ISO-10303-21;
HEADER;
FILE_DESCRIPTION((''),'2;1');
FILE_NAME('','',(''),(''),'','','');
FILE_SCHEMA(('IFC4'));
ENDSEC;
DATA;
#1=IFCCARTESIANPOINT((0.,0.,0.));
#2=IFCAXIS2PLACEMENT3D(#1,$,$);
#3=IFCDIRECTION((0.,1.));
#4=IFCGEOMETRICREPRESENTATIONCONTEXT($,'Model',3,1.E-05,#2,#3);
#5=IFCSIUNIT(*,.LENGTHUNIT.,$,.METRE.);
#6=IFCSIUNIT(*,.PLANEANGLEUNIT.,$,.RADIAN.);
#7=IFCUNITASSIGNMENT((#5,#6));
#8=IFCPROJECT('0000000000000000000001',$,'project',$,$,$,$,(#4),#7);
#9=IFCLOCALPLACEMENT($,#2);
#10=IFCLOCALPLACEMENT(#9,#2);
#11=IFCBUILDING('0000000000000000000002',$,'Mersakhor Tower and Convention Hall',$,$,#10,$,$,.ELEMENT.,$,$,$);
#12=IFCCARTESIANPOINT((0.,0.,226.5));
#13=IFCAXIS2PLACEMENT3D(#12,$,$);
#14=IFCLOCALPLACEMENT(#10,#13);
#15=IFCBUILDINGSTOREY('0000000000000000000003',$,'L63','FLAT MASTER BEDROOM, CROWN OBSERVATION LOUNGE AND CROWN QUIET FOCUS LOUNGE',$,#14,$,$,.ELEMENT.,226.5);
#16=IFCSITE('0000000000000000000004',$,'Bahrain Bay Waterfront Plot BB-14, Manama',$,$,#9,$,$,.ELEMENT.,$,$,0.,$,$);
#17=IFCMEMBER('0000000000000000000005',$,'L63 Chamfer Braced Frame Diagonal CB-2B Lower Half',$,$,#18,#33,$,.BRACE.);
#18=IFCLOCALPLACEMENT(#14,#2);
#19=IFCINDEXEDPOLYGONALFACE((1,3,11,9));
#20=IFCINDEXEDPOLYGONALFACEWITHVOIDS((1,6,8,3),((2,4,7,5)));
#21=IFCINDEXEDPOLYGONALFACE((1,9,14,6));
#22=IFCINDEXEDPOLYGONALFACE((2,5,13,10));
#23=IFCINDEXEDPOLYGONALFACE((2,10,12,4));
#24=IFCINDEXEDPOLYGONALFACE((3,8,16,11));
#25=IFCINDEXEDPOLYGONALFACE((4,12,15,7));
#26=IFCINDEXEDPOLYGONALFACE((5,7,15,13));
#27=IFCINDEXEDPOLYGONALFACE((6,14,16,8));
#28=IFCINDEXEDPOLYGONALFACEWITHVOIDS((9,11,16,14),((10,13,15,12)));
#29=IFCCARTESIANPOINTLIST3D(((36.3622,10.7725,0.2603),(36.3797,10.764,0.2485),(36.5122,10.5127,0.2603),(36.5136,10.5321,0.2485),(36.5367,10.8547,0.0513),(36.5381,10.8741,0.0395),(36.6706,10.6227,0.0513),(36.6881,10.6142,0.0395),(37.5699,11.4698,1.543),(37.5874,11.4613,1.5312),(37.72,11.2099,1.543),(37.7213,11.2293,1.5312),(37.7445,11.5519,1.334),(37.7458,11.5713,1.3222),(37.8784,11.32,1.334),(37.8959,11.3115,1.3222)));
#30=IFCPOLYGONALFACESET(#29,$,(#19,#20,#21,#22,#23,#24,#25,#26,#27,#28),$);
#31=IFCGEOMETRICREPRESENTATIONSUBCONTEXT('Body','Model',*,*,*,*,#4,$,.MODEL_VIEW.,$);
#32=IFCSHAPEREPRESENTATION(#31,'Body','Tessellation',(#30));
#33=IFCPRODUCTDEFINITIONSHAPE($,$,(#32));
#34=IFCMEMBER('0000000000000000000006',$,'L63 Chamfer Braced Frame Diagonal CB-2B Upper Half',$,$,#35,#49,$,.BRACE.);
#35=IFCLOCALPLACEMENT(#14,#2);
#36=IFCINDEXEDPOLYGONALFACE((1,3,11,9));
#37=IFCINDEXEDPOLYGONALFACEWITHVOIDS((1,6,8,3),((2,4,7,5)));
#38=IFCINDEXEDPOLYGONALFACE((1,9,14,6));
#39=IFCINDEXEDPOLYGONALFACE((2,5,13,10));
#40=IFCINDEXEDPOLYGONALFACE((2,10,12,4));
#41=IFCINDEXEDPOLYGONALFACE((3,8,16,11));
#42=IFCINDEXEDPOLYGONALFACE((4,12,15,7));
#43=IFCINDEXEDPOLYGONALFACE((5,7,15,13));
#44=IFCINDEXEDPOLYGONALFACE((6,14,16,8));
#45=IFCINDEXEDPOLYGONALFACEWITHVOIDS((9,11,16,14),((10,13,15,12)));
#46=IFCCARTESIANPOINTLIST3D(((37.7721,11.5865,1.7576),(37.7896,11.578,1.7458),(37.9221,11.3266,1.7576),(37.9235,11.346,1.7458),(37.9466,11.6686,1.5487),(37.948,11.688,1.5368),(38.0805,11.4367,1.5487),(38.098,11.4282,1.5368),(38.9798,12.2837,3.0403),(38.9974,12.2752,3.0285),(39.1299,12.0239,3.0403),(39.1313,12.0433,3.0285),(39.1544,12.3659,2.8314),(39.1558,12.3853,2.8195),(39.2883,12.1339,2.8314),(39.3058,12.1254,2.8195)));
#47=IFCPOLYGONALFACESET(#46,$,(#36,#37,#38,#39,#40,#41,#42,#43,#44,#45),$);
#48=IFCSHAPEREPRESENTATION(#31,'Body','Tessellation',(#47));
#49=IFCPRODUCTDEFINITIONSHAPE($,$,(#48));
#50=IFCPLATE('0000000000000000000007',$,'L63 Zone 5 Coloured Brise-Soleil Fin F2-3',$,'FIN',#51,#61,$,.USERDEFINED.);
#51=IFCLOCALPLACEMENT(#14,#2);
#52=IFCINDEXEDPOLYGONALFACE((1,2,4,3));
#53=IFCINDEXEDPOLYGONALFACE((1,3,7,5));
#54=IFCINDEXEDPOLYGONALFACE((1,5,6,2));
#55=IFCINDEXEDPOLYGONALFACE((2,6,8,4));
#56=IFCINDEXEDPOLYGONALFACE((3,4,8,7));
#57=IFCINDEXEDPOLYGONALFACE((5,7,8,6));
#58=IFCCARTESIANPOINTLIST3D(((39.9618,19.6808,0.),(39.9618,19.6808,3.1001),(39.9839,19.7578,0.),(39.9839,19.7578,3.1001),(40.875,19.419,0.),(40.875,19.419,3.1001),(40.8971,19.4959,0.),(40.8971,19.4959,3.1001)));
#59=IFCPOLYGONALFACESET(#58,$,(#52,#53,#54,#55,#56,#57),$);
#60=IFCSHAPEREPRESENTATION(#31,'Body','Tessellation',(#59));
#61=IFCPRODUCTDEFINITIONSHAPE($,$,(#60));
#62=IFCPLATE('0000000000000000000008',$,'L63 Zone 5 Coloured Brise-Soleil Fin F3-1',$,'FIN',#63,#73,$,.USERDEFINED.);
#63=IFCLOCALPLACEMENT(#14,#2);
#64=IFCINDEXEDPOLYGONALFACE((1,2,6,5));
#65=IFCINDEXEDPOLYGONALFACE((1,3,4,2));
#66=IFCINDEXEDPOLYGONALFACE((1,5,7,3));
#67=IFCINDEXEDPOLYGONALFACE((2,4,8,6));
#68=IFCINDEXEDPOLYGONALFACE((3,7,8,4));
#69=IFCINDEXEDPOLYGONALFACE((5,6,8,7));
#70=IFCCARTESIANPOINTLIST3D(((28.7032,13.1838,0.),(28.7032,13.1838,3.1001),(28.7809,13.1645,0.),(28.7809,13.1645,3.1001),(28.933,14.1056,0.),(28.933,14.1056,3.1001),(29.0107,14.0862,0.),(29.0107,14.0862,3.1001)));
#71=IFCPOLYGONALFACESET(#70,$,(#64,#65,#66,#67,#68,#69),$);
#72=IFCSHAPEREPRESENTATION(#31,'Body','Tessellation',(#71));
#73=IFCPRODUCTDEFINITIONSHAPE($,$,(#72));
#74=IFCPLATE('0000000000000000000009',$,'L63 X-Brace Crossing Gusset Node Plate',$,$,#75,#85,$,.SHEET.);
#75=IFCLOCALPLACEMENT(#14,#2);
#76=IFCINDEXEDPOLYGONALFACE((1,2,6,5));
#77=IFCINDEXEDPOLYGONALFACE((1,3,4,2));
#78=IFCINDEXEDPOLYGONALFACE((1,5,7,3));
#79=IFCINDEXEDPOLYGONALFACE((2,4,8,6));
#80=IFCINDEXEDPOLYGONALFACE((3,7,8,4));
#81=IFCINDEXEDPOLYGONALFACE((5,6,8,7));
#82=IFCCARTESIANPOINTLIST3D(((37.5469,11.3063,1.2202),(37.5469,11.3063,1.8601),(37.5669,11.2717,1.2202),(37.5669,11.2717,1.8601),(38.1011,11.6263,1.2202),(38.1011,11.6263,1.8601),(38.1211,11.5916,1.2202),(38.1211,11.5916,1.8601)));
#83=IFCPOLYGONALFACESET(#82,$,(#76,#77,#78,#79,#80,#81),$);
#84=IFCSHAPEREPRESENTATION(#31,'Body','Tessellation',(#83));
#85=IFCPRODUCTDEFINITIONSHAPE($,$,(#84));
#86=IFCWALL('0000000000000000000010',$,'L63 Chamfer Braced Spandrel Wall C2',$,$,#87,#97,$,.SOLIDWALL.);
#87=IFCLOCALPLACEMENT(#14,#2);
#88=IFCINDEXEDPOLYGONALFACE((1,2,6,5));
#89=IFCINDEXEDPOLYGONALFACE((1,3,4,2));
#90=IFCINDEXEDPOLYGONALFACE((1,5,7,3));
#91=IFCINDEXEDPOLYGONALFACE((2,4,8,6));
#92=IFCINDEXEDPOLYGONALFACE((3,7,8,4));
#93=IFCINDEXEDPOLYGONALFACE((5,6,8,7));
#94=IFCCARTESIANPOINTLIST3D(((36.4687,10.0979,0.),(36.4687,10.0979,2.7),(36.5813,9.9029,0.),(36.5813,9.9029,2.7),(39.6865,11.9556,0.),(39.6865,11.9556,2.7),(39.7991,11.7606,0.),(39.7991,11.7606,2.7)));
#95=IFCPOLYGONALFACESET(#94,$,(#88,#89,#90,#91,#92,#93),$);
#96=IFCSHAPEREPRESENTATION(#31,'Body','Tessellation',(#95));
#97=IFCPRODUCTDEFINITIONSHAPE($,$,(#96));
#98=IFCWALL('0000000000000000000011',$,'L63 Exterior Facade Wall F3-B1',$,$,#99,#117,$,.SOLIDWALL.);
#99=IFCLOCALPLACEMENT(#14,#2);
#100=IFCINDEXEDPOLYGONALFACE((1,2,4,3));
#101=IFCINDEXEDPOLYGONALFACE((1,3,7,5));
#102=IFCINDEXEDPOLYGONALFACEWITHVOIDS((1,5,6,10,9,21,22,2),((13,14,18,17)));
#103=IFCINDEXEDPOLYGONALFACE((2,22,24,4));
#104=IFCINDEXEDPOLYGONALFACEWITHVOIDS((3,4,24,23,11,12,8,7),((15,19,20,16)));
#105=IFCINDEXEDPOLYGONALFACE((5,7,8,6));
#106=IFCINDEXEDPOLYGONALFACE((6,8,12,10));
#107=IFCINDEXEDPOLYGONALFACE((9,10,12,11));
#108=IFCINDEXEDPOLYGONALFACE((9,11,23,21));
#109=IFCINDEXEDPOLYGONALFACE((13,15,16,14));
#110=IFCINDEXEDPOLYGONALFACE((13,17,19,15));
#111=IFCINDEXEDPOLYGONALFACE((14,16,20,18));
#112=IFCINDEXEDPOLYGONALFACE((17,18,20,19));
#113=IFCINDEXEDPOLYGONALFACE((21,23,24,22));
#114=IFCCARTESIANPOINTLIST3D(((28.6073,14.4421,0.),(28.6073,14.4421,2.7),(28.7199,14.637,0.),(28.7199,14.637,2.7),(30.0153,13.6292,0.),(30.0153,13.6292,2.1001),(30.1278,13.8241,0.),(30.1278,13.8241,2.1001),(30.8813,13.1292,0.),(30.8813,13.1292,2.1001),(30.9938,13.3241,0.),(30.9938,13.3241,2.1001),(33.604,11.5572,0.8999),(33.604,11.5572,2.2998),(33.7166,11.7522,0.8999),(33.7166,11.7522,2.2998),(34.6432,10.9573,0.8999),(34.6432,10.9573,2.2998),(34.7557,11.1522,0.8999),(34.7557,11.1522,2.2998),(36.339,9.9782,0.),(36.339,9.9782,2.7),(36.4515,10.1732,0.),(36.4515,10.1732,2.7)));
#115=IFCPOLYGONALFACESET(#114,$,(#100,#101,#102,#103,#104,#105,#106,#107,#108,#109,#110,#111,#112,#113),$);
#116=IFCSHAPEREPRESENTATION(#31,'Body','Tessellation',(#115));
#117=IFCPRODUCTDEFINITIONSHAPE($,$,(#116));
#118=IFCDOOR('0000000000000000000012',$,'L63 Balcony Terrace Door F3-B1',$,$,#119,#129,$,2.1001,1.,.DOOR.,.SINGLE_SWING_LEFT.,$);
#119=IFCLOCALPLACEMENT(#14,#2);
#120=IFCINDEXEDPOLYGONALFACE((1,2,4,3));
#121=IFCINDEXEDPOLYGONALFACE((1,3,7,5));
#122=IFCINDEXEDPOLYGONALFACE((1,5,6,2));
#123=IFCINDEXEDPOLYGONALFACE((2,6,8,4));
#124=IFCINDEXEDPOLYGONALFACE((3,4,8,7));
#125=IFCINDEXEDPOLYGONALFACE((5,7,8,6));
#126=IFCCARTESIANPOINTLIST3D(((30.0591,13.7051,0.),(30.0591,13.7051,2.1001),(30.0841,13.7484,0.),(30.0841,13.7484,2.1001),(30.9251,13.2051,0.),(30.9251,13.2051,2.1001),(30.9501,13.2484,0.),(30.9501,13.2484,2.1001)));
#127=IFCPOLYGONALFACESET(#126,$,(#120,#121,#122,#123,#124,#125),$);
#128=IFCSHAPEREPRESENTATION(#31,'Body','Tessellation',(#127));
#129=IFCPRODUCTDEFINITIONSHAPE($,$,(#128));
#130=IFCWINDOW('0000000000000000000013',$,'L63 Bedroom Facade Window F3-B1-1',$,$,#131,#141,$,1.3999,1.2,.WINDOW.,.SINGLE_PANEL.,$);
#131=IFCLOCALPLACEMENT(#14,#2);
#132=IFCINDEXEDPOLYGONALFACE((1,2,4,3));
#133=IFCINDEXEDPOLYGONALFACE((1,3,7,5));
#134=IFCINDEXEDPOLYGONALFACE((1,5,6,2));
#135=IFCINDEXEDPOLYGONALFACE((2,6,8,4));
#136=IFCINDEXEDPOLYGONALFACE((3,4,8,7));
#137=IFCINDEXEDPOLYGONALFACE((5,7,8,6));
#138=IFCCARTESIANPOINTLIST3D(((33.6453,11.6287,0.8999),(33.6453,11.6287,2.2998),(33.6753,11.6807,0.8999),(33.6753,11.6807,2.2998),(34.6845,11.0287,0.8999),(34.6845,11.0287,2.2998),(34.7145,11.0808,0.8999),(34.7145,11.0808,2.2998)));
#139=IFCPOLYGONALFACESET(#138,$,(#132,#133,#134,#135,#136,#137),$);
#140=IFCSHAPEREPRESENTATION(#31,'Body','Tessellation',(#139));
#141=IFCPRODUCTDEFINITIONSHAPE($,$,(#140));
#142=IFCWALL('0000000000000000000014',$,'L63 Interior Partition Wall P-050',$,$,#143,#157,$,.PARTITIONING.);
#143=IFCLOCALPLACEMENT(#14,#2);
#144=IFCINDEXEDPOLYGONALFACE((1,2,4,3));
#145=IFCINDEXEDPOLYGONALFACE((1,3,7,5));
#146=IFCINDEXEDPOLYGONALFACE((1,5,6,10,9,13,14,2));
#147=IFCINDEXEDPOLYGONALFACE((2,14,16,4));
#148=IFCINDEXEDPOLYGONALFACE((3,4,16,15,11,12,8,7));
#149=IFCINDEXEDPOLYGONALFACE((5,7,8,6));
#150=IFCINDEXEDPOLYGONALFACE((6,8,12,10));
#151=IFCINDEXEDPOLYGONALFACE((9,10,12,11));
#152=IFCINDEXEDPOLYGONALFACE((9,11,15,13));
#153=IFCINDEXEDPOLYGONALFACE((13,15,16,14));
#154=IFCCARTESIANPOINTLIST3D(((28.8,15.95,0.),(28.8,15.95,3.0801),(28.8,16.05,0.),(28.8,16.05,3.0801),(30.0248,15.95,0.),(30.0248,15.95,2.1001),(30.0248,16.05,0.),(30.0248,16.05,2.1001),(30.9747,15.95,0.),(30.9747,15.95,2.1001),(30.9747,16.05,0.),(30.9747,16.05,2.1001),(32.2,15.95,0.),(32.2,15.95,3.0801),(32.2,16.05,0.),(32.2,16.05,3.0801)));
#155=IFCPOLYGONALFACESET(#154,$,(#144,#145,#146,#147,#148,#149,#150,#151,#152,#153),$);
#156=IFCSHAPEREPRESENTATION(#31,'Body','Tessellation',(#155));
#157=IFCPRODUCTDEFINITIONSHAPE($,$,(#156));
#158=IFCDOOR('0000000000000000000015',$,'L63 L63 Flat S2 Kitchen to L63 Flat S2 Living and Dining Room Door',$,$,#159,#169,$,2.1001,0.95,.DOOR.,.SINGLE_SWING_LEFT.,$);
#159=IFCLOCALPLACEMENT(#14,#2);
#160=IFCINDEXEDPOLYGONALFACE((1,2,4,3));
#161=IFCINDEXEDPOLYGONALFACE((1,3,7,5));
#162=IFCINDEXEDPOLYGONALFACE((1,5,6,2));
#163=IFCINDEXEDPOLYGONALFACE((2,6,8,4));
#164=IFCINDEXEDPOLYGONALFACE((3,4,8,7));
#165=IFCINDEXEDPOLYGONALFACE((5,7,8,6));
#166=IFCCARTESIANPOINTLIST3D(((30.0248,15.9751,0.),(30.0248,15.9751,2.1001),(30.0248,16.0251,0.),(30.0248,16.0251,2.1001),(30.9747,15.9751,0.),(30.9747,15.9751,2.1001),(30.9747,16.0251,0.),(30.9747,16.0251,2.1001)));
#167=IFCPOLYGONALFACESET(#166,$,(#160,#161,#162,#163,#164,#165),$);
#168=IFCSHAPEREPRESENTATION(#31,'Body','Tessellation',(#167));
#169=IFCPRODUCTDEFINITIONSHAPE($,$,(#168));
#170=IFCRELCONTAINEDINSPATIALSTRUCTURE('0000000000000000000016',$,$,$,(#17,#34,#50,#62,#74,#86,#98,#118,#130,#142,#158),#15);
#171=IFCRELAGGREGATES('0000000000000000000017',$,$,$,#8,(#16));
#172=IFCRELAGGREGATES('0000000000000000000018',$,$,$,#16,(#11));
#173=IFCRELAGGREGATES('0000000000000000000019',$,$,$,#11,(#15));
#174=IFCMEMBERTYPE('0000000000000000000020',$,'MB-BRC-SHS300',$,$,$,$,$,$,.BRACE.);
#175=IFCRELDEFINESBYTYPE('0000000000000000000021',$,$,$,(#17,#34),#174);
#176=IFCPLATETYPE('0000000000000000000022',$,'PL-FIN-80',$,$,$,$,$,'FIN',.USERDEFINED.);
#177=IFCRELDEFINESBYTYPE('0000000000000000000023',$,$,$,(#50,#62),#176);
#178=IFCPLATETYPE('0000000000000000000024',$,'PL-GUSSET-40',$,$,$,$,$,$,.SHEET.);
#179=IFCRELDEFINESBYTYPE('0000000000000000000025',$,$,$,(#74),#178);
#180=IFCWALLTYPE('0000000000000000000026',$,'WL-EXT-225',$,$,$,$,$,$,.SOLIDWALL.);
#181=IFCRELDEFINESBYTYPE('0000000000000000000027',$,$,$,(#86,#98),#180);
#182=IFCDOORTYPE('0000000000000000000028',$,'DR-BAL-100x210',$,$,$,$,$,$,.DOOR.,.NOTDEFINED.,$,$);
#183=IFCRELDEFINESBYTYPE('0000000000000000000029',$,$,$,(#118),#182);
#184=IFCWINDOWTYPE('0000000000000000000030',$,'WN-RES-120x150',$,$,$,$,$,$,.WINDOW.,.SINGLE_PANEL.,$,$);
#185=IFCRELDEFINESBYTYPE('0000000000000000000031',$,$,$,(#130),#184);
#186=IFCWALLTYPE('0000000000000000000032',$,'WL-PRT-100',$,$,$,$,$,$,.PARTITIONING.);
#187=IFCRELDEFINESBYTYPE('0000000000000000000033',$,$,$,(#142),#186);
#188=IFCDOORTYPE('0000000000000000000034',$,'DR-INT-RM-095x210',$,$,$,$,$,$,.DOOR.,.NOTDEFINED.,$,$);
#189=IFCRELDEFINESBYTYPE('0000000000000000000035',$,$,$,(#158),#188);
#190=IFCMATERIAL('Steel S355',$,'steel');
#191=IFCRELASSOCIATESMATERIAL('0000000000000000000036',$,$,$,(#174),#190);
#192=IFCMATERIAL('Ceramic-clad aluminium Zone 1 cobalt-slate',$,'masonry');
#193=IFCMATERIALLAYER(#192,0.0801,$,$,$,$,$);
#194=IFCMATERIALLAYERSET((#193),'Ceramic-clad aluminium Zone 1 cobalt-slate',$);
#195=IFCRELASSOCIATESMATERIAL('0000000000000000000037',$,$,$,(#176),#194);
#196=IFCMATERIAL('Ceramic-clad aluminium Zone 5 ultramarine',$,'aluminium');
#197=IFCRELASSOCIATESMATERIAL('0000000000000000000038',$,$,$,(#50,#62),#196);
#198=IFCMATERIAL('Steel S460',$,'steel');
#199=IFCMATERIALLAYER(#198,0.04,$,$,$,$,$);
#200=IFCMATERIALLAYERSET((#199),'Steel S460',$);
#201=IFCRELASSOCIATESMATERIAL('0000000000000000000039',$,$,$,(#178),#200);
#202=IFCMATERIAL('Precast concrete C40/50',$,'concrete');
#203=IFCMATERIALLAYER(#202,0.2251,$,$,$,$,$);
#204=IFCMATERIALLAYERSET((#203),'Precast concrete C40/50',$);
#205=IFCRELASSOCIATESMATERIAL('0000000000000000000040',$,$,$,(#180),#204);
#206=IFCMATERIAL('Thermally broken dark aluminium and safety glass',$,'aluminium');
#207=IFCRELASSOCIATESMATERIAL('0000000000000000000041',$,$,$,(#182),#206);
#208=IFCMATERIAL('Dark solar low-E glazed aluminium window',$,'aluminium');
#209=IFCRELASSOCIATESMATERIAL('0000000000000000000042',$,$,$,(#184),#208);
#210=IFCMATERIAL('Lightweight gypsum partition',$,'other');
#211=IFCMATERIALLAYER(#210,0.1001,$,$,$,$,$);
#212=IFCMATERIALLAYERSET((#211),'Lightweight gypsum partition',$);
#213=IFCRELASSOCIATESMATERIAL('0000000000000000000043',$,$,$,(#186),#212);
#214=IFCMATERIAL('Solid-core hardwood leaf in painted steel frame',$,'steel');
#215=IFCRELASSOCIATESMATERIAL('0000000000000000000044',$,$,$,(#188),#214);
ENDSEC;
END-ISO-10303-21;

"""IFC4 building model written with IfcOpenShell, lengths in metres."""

from ifc_helpers import new_model, si_unit, direction, frame, frame_2d, origin, origin_2d, place, context, subcontext, project, spatial, rectangle, hollow_rectangle, extrude, material, layer, layer_set, material_profile, profile_set, type_object, element, fill, save


model = new_model("IFC4")

# Units and contexts
model_context = context("Model", 3, precision=1e-05, world=origin(), true_north=direction((0.0, 1.0)))
body_context = subcontext(model_context, "Body", "Model", "MODEL_VIEW")
ifc_project = project(units=[si_unit("LENGTHUNIT", "METRE"), si_unit("PLANEANGLEUNIT", "RADIAN")], contexts=[model_context])

# Site, building, storey
site_placement = place(None, origin())
site = spatial("IfcSite", under=ifc_project, at=site_placement, Name="Bahrain Bay Waterfront Plot BB-14, Manama", CompositionType="ELEMENT", RefElevation=0.0)
building_placement = place(site_placement, origin())
building = spatial("IfcBuilding", under=site, at=building_placement, Name="Mersakhor Tower and Convention Hall", CompositionType="ELEMENT")
storey_placement = place(building_placement, frame((0.0, 0.0, 226.5)))
storey = spatial("IfcBuildingStorey", under=building, at=storey_placement, Name="L63", Description="FLAT MASTER BEDROOM, CROWN OBSERVATION LOUNGE AND CROWN QUIET FOCUS LOUNGE", CompositionType="ELEMENT", Elevation=226.5)

# Members
ifc_material_1 = material(Name="Steel S355", Category="steel")
ifc_material_profile_1 = material_profile(ifc_material_1, hollow_rectangle(XDim=0.3, YDim=0.3, WallThickness=0.0161, at=origin_2d()), Name="SHS 300x300x16")
ifc_profile_set_1 = profile_set([ifc_material_profile_1], Name="Steel S355")
member_type = type_object("IfcMemberType", Name="MB-BRC-SHS300", PredefinedType="BRACE", material=ifc_profile_set_1)
for number, where, z_axis, x_axis, name in (
    (1, (36.5251, 10.6934, 0.1499), (0.637413, 0.367991, 0.676969), (-0.49998, 0.866037, 0.0), "L63 Chamfer Braced Frame Diagonal CB-2B Lower Half"),
    (2, (37.9351, 11.5073, 1.6472), (0.637413, 0.367991, 0.676969), (-0.49998, 0.866037, 0.0), "L63 Chamfer Braced Frame Diagonal CB-2B Upper Half"),
):
    element("IfcMember", number, at=place(storey_placement, frame(where, z_axis=z_axis, x_axis=x_axis)), inside=storey, type_object=member_type, Name=name, PredefinedType="BRACE", context=body_context, shape_type="SweptSolid", body=[
        extrude(hollow_rectangle(XDim=0.3, YDim=0.3, WallThickness=0.0161, at=origin_2d()), origin(), (0.0, 0.0, 1.0), 1.8948),
    ])

# Plates
ifc_material_2 = material(Name="Ceramic-clad aluminium Zone 5 ultramarine", Category="aluminium")
ifc_material_3 = material(Name="Ceramic-clad aluminium Zone 1 cobalt-slate", Category="masonry")
ifc_layer_1 = layer(ifc_material_3, 0.0801)
ifc_layer_set_1 = layer_set([ifc_layer_1], Name="Ceramic-clad aluminium Zone 1 cobalt-slate")
plate_type_1 = type_object("IfcPlateType", Name="PL-FIN-80", ElementType="FIN", PredefinedType="USERDEFINED", material=ifc_layer_set_1)
for number, where, z_axis, x_axis, name in (
    (3, (40.4294, 19.5884, 0.0), (0.0, 0.0, 1.0), (0.961262, -0.275637, 0.0), "L63 Zone 5 Coloured Brise-Soleil Fin F2-3"),
    (4, (28.8569, 13.635, 0.0), (0.0, 0.0, 1.0), (-0.241922, -0.970296, 0.0), "L63 Zone 5 Coloured Brise-Soleil Fin F3-1"),
):
    element("IfcPlate", number, at=place(storey_placement, frame(where, z_axis=z_axis, x_axis=x_axis)), inside=storey, type_object=plate_type_1, material=ifc_material_2, Name=name, ObjectType="FIN", PredefinedType="USERDEFINED", context=body_context, shape_type="SweptSolid", body=[
        extrude(rectangle(XDim=0.95, YDim=0.0801, at=origin_2d()), origin(), (0.0, 0.0, 1.0), 3.1001),
    ])
ifc_material_4 = material(Name="Steel S460", Category="steel")
ifc_layer_2 = layer(ifc_material_4, 0.04)
ifc_layer_set_2 = layer_set([ifc_layer_2], Name="Steel S460")
plate_type_2 = type_object("IfcPlateType", Name="PL-GUSSET-40", PredefinedType="SHEET", material=ifc_layer_set_2)
plate_placement = place(storey_placement, frame((37.834, 11.449, 1.2202), z_axis=(0.0, 0.0, 1.0), x_axis=(0.866025, 0.5, 0.0)))
element("IfcPlate", 5, at=plate_placement, inside=storey, type_object=plate_type_2, Name="L63 X-Brace Crossing Gusset Node Plate", PredefinedType="SHEET", context=body_context, shape_type="SweptSolid", body=[
    extrude(rectangle(XDim=0.6399, YDim=0.04, at=origin_2d()), origin(), (0.0, 0.0, 1.0), 0.6399),
])

# Wall
ifc_material_5 = material(Name="Precast concrete C40/50", Category="concrete")
ifc_layer_3 = layer(ifc_material_5, 0.2251)
ifc_layer_set_3 = layer_set([ifc_layer_3], Name="Precast concrete C40/50")
wall_type_1 = type_object("IfcWallType", Name="WL-EXT-225", PredefinedType="SOLIDWALL", material=ifc_layer_set_3)
wall_1_placement = place(storey_placement, frame((39.7429, 11.8582, 0.0), z_axis=(0.0, 0.0, 1.0), x_axis=(-0.866039, -0.499977, 0.0)))
element("IfcWall", 6, at=wall_1_placement, inside=storey, type_object=wall_type_1, Name="L63 Chamfer Braced Spandrel Wall C2", PredefinedType="SOLIDWALL", context=body_context, shape_type="SweptSolid", body=[
    extrude(rectangle(XDim=3.7156, YDim=0.2251, at=frame_2d((1.8579, 0.0))), origin(), (0.0, 0.0, 1.0), 2.7),
])

# Wall, openings, door, window
wall_2_placement = place(storey_placement, frame((36.3953, 10.0757, 0.0), z_axis=(0.0, 0.0, 1.0), x_axis=(-0.866027, 0.499998, 0.0)))
wall_2 = element("IfcWall", 7, at=wall_2_placement, inside=storey, type_object=wall_type_1, Name="L63 Exterior Facade Wall F3-B1", PredefinedType="SOLIDWALL", context=body_context, shape_type="SweptSolid", body=[
    extrude(rectangle(XDim=8.9277, YDim=0.2251, at=frame_2d((4.4639, 0.0))), origin(), (0.0, 0.0, 1.0), 2.7),
])
opening_1_placement = place(wall_2_placement, frame((6.302, 0.0, 0.0)))
opening_1 = element("IfcOpeningElement", 8, at=opening_1_placement, cuts=wall_2, PredefinedType="OPENING", context=body_context, shape_type="SweptSolid", body=[
    extrude(rectangle(XDim=1.0, YDim=2.1001, at=frame_2d((0.5, 1.05))), frame((0.0, 0.1226, 0.0), z_axis=(0.0, -1.0, 0.0), x_axis=(1.0, 0.0, 0.0)), (0.0, 0.0, 1.0), 0.2451),
])
opening_2_placement = place(wall_2_placement, frame((1.958, 0.0, 0.8999)))
opening_2 = element("IfcOpeningElement", 9, at=opening_2_placement, cuts=wall_2, PredefinedType="OPENING", context=body_context, shape_type="SweptSolid", body=[
    extrude(rectangle(XDim=1.2, YDim=1.3999, at=frame_2d((0.6001, 0.7))), frame((0.0, 0.1226, 0.0), z_axis=(0.0, -1.0, 0.0), x_axis=(1.0, 0.0, 0.0)), (0.0, 0.0, 1.0), 0.2451),
])
ifc_material_6 = material(Name="Thermally broken dark aluminium and safety glass", Category="aluminium")
door_type_1 = type_object("IfcDoorType", Name="DR-BAL-100x210", OperationType="NOTDEFINED", PredefinedType="DOOR", material=ifc_material_6)
door_1_placement = place(opening_1_placement, origin())
door_1 = element("IfcDoor", 10, at=door_1_placement, inside=storey, type_object=door_type_1, Name="L63 Balcony Terrace Door F3-B1", OperationType="SINGLE_SWING_LEFT", OverallHeight=2.1001, OverallWidth=1.0, PredefinedType="DOOR", context=body_context, shape_type="SweptSolid", body=[
    extrude(rectangle(XDim=1.0, YDim=2.1001, at=frame_2d((0.5, 1.05))), frame((0.0, 0.0249, 0.0), z_axis=(0.0, -1.0, 0.0), x_axis=(1.0, 0.0, 0.0)), (0.0, 0.0, 1.0), 0.05),
])
fill(opening_1, door_1)
ifc_material_7 = material(Name="Dark solar low-E glazed aluminium window", Category="aluminium")
window_type = type_object("IfcWindowType", Name="WN-RES-120x150", PartitioningType="SINGLE_PANEL", PredefinedType="WINDOW", material=ifc_material_7)
window_placement = place(opening_2_placement, origin())
window = element("IfcWindow", 11, at=window_placement, inside=storey, type_object=window_type, Name="L63 Bedroom Facade Window F3-B1-1", OverallHeight=1.3999, OverallWidth=1.2, PartitioningType="SINGLE_PANEL", PredefinedType="WINDOW", context=body_context, shape_type="SweptSolid", body=[
    extrude(rectangle(XDim=1.2, YDim=1.3999, at=frame_2d((0.6001, 0.7))), frame((0.0, 0.03, 0.0), z_axis=(0.0, -1.0, 0.0), x_axis=(1.0, 0.0, 0.0)), (0.0, 0.0, 1.0), 0.0601),
])
fill(opening_2, window)

# Wall, opening, door
ifc_material_8 = material(Name="Lightweight gypsum partition", Category="other")
ifc_layer_4 = layer(ifc_material_8, 0.1001)
ifc_layer_set_4 = layer_set([ifc_layer_4], Name="Lightweight gypsum partition")
wall_type_2 = type_object("IfcWallType", Name="WL-PRT-100", PredefinedType="PARTITIONING", material=ifc_layer_set_4)
wall_3_placement = place(storey_placement, frame((32.2, 16.0, 0.0), z_axis=(0.0, 0.0, 1.0), x_axis=(-1.0, 0.0, 0.0)))
wall_3 = element("IfcWall", 12, at=wall_3_placement, inside=storey, type_object=wall_type_2, Name="L63 Interior Partition Wall P-050", PredefinedType="PARTITIONING", context=body_context, shape_type="SweptSolid", body=[
    extrude(rectangle(XDim=3.3999, YDim=0.1001, at=frame_2d((1.7, 0.0))), origin(), (0.0, 0.0, 1.0), 3.0801),
])
opening_3_placement = place(wall_3_placement, frame((1.2251, 0.0, 0.0)))
opening_3 = element("IfcOpeningElement", 13, at=opening_3_placement, cuts=wall_3, PredefinedType="OPENING", context=body_context, shape_type="SweptSolid", body=[
    extrude(rectangle(XDim=0.95, YDim=2.1001, at=frame_2d((0.4751, 1.05))), frame((0.0, 0.0601, 0.0), z_axis=(0.0, -1.0, 0.0), x_axis=(1.0, 0.0, 0.0)), (0.0, 0.0, 1.0), 0.1201),
])
ifc_material_9 = material(Name="Solid-core hardwood leaf in painted steel frame", Category="steel")
door_type_2 = type_object("IfcDoorType", Name="DR-INT-RM-095x210", OperationType="NOTDEFINED", PredefinedType="DOOR", material=ifc_material_9)
door_2_placement = place(opening_3_placement, origin())
door_2 = element("IfcDoor", 14, at=door_2_placement, inside=storey, type_object=door_type_2, Name="L63 L63 Flat S2 Kitchen to L63 Flat S2 Living and Dining Room Door", OperationType="SINGLE_SWING_LEFT", OverallHeight=2.1001, OverallWidth=0.95, PredefinedType="DOOR", context=body_context, shape_type="SweptSolid", body=[
    extrude(rectangle(XDim=0.95, YDim=2.1001, at=frame_2d((0.4751, 1.05))), frame((0.0, 0.0249, 0.0), z_axis=(0.0, -1.0, 0.0), x_axis=(1.0, 0.0, 0.0)), (0.0, 0.0, 1.0), 0.05),
])
fill(opening_3, door_2)

save(model, "model.ifc")
